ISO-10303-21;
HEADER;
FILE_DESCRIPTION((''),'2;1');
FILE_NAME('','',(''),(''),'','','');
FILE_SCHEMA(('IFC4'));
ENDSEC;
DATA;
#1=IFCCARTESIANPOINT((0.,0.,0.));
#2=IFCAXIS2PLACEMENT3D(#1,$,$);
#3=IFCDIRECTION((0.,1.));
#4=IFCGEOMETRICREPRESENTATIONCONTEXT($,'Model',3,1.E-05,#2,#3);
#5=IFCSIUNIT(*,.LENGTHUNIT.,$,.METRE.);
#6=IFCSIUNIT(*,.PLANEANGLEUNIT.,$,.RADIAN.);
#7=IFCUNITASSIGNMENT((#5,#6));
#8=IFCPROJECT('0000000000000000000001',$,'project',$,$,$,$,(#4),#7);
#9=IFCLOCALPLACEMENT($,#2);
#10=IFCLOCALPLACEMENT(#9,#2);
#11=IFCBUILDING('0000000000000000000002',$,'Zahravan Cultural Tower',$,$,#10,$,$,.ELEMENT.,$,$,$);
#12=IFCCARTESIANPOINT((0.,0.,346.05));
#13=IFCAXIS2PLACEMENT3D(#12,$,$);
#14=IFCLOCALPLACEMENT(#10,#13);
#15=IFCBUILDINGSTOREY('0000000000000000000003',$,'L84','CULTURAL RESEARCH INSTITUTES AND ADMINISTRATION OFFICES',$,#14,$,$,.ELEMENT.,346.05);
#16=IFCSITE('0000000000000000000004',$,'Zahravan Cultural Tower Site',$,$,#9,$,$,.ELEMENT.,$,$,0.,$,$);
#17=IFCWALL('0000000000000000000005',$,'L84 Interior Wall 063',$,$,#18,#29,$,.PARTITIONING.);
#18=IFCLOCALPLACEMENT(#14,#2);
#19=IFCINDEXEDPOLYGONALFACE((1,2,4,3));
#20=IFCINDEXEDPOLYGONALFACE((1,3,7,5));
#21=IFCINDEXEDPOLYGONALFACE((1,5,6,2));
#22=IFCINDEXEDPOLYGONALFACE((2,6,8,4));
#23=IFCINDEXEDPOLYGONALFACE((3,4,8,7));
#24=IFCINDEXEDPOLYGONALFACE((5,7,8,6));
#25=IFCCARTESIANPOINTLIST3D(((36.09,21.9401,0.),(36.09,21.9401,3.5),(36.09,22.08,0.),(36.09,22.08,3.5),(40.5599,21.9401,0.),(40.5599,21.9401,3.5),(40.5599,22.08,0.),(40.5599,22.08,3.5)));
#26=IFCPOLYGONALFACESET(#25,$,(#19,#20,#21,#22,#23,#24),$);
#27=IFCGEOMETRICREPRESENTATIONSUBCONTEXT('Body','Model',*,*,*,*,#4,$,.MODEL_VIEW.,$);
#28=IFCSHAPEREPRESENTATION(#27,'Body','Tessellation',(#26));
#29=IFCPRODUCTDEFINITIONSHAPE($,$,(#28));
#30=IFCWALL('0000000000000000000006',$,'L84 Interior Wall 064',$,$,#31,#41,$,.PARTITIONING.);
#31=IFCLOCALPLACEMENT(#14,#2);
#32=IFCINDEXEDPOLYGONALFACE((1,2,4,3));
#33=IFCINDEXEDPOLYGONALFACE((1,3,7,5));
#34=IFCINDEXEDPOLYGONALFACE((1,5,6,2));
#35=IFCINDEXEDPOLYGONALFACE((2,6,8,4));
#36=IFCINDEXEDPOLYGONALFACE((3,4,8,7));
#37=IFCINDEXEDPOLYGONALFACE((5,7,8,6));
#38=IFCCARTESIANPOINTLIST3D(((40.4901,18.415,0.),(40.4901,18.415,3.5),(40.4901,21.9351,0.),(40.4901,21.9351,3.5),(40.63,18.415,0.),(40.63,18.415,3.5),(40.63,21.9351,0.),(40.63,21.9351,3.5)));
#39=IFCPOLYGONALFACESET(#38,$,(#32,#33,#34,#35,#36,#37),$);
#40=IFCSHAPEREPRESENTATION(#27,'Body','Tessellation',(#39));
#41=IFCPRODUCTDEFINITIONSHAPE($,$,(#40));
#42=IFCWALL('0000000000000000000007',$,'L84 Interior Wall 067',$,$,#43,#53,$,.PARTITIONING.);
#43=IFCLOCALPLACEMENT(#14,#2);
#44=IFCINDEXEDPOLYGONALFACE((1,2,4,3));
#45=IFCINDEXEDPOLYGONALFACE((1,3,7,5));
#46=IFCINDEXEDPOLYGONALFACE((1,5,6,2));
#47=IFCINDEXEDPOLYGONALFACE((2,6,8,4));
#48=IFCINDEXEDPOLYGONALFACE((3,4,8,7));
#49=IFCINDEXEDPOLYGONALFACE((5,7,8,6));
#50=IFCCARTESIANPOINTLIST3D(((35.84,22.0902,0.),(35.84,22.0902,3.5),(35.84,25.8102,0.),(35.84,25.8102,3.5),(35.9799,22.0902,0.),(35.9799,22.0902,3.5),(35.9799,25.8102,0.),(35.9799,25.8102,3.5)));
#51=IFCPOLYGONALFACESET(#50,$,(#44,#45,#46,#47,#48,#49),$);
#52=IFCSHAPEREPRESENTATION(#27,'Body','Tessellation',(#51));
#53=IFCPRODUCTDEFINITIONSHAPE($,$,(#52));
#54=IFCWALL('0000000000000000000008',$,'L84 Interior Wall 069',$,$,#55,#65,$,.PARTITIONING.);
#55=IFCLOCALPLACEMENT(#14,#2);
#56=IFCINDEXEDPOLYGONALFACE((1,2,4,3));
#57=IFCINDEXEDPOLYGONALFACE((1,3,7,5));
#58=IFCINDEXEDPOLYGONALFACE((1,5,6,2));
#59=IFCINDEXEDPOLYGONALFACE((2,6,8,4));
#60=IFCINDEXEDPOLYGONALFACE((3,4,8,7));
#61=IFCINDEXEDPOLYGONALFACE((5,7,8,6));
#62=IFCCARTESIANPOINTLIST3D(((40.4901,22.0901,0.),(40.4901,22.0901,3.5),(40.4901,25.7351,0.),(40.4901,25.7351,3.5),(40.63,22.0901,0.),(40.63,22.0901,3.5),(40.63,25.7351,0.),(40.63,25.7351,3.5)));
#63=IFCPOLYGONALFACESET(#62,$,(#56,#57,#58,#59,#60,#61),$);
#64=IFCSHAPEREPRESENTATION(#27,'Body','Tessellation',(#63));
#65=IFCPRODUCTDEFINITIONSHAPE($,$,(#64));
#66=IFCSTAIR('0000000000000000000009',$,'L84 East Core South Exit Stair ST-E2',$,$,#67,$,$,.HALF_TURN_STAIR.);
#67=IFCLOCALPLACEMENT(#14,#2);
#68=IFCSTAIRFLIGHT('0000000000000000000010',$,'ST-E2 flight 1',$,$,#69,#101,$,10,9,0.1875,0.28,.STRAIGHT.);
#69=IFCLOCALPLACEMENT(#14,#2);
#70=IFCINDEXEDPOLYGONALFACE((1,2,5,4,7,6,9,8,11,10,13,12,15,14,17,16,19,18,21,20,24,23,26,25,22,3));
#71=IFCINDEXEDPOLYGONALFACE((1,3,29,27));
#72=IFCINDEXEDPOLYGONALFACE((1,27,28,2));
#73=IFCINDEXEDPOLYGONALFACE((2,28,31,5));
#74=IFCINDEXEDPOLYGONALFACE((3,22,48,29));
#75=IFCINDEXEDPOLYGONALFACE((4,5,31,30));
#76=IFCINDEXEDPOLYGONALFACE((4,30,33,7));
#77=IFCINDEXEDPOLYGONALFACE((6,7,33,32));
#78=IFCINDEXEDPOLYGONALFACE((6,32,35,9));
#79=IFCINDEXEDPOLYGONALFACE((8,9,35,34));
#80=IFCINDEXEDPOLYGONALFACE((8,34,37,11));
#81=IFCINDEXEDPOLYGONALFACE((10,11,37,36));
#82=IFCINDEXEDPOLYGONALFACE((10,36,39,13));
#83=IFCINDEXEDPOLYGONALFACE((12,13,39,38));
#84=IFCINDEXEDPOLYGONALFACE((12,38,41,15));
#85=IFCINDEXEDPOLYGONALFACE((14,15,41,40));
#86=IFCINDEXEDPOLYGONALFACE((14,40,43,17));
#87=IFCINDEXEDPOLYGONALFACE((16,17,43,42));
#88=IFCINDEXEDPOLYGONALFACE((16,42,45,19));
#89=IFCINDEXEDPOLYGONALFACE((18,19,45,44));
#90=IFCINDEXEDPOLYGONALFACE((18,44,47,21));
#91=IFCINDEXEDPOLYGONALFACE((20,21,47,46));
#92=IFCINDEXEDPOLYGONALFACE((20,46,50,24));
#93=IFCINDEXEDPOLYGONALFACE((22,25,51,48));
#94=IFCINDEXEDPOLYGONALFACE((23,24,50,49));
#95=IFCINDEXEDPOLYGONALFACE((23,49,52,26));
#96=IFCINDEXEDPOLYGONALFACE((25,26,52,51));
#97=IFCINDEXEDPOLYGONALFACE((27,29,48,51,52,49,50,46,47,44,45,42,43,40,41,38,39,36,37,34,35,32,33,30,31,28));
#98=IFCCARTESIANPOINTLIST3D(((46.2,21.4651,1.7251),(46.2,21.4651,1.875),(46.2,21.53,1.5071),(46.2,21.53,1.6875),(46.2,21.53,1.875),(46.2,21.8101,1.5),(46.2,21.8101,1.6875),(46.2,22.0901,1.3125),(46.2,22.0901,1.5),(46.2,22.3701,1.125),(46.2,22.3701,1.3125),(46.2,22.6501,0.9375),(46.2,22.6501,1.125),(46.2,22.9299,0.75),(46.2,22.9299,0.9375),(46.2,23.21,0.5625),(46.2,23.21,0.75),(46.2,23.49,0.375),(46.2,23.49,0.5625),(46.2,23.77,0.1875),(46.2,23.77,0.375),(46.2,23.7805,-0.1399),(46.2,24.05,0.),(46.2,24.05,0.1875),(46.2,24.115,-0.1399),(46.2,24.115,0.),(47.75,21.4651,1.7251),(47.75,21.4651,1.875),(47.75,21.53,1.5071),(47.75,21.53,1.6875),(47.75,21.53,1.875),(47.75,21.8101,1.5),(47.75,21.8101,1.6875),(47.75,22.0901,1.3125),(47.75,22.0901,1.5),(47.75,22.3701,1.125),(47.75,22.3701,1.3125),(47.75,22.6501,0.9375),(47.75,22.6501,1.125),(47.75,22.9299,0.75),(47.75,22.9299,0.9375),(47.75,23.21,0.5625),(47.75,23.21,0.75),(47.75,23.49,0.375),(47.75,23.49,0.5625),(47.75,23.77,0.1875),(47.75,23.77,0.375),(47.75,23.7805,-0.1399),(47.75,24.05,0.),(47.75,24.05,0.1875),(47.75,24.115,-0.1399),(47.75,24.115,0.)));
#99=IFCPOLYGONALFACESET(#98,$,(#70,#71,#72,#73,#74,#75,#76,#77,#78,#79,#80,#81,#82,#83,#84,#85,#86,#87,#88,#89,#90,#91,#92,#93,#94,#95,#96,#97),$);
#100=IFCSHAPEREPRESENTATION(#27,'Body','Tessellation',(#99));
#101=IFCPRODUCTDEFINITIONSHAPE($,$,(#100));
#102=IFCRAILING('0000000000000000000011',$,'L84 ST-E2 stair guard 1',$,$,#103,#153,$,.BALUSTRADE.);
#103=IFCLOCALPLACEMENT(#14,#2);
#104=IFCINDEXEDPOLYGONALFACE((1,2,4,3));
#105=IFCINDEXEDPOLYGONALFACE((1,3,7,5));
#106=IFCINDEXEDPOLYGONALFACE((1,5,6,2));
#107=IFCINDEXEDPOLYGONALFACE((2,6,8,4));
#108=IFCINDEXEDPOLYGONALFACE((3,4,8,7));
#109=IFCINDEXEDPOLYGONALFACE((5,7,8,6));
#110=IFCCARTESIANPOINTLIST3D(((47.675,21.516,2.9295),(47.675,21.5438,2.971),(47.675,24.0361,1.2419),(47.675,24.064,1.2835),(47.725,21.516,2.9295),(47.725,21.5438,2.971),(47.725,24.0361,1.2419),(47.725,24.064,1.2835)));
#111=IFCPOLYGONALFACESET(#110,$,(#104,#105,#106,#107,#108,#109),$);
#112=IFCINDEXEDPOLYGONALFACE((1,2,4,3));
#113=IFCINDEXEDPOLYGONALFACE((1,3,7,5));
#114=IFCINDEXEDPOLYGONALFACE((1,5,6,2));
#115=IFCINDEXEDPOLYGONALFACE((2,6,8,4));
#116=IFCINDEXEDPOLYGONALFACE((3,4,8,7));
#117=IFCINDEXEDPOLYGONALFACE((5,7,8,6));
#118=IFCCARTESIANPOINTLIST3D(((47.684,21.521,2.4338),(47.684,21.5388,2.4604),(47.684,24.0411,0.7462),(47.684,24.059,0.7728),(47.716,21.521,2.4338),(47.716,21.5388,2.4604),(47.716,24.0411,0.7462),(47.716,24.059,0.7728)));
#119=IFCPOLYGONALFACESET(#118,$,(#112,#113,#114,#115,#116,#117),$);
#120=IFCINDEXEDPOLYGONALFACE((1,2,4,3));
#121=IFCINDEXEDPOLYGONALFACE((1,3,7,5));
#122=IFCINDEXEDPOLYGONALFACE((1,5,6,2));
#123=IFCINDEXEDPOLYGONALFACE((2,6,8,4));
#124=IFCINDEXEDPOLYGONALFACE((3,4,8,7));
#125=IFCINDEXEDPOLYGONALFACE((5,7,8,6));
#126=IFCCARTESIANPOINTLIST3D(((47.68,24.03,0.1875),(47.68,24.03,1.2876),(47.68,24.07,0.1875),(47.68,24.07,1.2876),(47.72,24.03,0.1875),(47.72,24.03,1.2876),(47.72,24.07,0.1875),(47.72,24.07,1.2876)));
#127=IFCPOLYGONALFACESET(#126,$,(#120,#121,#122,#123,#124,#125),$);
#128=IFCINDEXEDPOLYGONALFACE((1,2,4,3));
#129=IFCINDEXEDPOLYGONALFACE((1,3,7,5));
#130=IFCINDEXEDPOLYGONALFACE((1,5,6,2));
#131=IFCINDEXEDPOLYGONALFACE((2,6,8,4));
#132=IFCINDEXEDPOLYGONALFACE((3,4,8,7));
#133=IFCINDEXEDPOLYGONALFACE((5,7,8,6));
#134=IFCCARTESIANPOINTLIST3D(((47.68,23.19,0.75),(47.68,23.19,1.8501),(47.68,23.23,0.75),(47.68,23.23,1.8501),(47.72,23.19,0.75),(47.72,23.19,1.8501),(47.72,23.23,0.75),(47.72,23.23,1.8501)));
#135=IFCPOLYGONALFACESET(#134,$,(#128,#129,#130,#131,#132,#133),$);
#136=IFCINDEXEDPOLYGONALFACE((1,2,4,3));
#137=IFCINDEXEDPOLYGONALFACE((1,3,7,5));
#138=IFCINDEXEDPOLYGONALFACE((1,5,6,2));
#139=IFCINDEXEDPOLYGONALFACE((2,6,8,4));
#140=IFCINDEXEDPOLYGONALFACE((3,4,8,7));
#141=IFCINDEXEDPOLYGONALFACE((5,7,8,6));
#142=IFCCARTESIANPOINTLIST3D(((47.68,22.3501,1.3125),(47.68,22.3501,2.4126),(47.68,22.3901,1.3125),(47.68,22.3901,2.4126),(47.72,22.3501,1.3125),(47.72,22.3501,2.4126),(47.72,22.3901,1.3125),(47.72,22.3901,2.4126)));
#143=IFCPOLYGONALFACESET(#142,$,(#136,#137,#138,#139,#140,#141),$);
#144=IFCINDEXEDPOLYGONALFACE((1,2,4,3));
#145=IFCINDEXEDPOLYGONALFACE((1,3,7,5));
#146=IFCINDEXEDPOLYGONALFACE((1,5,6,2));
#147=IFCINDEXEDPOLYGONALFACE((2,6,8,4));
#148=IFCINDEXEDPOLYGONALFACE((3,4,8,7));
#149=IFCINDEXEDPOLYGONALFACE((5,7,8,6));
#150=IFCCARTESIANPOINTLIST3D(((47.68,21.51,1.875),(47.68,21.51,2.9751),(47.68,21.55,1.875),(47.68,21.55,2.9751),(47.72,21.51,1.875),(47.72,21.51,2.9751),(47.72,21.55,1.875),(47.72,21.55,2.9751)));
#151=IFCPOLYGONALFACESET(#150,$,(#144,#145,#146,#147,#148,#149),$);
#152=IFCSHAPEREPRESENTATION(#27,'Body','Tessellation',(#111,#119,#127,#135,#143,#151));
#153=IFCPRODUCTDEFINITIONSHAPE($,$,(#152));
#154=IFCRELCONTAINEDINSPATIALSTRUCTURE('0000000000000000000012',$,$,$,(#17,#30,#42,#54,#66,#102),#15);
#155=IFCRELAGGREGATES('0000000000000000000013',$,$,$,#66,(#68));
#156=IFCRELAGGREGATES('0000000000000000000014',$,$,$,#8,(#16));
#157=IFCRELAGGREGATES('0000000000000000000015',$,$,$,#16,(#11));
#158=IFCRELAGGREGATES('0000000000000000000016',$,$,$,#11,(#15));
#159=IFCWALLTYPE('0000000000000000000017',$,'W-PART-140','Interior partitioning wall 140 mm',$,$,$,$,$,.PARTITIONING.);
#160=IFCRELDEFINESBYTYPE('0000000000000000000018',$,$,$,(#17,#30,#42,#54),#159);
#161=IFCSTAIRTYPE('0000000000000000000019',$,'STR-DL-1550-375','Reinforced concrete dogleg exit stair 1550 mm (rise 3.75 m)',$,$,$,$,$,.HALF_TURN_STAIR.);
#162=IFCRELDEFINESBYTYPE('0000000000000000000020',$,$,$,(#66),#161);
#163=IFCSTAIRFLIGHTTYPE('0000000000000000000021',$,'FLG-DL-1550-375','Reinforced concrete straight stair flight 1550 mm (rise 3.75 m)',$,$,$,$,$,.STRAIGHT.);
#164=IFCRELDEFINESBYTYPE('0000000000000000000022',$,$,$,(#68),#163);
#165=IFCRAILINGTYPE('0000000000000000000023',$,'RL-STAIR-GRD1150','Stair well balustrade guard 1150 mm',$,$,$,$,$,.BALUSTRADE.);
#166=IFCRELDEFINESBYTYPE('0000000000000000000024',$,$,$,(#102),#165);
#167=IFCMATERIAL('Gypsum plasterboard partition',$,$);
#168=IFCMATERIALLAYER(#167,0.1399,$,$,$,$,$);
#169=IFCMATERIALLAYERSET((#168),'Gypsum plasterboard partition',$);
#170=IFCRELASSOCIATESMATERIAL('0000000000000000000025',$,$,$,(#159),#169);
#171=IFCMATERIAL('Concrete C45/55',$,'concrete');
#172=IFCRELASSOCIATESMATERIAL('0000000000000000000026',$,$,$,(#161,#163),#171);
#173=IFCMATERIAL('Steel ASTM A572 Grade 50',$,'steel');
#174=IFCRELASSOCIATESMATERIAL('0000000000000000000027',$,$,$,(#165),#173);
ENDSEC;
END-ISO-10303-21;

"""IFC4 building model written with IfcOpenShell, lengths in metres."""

from ifc_helpers import new_model, si_unit, direction, frame, frame_2d, origin, origin_2d, place, context, subcontext, project, spatial, polyline, rectangle, outline, extrude, source, transform, mapped, material, layer, layer_set, type_object, element, aggregate, save


model = new_model("IFC4")

# Units and contexts
model_context = context("Model", 3, precision=1e-05, world=origin(), true_north=direction((0.0, 1.0)))
body_context = subcontext(model_context, "Body", "Model", "MODEL_VIEW")
ifc_project = project(units=[si_unit("LENGTHUNIT", "METRE"), si_unit("PLANEANGLEUNIT", "RADIAN")], contexts=[model_context])

# Site, building, storey
site_placement = place(None, origin())
site = spatial("IfcSite", under=ifc_project, at=site_placement, Name="Zahravan Cultural Tower Site", CompositionType="ELEMENT", RefElevation=0.0)
building_placement = place(site_placement, origin())
building = spatial("IfcBuilding", under=site, at=building_placement, Name="Zahravan Cultural Tower", CompositionType="ELEMENT")
storey_placement = place(building_placement, frame((0.0, 0.0, 346.05)))
storey = spatial("IfcBuildingStorey", under=building, at=storey_placement, Name="L84", Description="CULTURAL RESEARCH INSTITUTES AND ADMINISTRATION OFFICES", CompositionType="ELEMENT", Elevation=346.05)

# Shared definitions
ifc_material_1 = material(Name="Steel ASTM A572 Grade 50", Category="steel")
ifc_material_2 = material(Name="Gypsum plasterboard partition")
ifc_layer_1 = layer(ifc_material_2, 0.1399)
ifc_layer_set_1 = layer_set([ifc_layer_1], Name="Gypsum plasterboard partition")
wall_type_1 = type_object("IfcWallType", Name="W-PART-140", Description="Interior partitioning wall 140 mm", PredefinedType="PARTITIONING", material=ifc_layer_set_1)

# Walls
ifc_material_3 = material(Name="Concrete C45/55", Category="concrete")
shared_shape_1 = source(origin(), body_context, "Body", "SweptSolid", [
    extrude(rectangle(XDim=4.47, YDim=0.1399, at=frame_2d((2.2349, 0.0))), origin(), (0.0, 0.0, 1.0), 3.5),
])
wall_1_placement = place(storey_placement, frame((36.0901, 22.01, 0.0), z_axis=(0.0, 0.0, 1.0), x_axis=(1.0, 0.0, 0.0)))
element("IfcWall", 1, at=wall_1_placement, inside=storey, type_object=wall_type_1, Name="L84 Interior Wall 063", PredefinedType="PARTITIONING", context=body_context, shape_type="MappedRepresentation", body=[
    mapped(shared_shape_1, transform((0.0, 0.0, 0.0), x_axis=(1.0, 0.0, 0.0), y_axis=(0.0, 1.0, 0.0), z_axis=(0.0, 0.0, 1.0), scale=1.0)),
])
shared_shape_2 = source(origin(), body_context, "Body", "SweptSolid", [
    extrude(rectangle(XDim=3.52, YDim=0.1399, at=frame_2d((1.76, 0.0))), origin(), (0.0, 0.0, 1.0), 3.5),
])
wall_2_placement = place(storey_placement, frame((40.5601, 21.9351, 0.0), z_axis=(0.0, 0.0, 1.0), x_axis=(0.0, -1.0, 0.0)))
element("IfcWall", 2, at=wall_2_placement, inside=storey, type_object=wall_type_1, Name="L84 Interior Wall 064", PredefinedType="PARTITIONING", context=body_context, shape_type="MappedRepresentation", body=[
    mapped(shared_shape_2, transform((0.0, 0.0, 0.0), x_axis=(1.0, 0.0, 0.0), y_axis=(0.0, 1.0, 0.0), z_axis=(0.0, 0.0, 1.0), scale=1.0)),
])
shared_shape_3 = source(origin(), body_context, "Body", "SweptSolid", [
    extrude(rectangle(XDim=3.72, YDim=0.1399, at=frame_2d((1.8599, 0.0))), origin(), (0.0, 0.0, 1.0), 3.5),
])
wall_3_placement = place(storey_placement, frame((35.9099, 25.8101, 0.0), z_axis=(0.0, 0.0, 1.0), x_axis=(0.0, -1.0, 0.0)))
element("IfcWall", 3, at=wall_3_placement, inside=storey, type_object=wall_type_1, Name="L84 Interior Wall 067", PredefinedType="PARTITIONING", context=body_context, shape_type="MappedRepresentation", body=[
    mapped(shared_shape_3, transform((0.0, 0.0, 0.0), x_axis=(1.0, 0.0, 0.0), y_axis=(0.0, 1.0, 0.0), z_axis=(0.0, 0.0, 1.0), scale=1.0)),
])
shared_shape_4 = source(origin(), body_context, "Body", "SweptSolid", [
    extrude(rectangle(XDim=3.645, YDim=0.1399, at=frame_2d((1.8225, 0.0))), origin(), (0.0, 0.0, 1.0), 3.5),
])
wall_4_placement = place(storey_placement, frame((40.5601, 25.7351, 0.0), z_axis=(0.0, 0.0, 1.0), x_axis=(0.0, -1.0, 0.0)))
element("IfcWall", 4, at=wall_4_placement, inside=storey, type_object=wall_type_1, Name="L84 Interior Wall 069", PredefinedType="PARTITIONING", context=body_context, shape_type="MappedRepresentation", body=[
    mapped(shared_shape_4, transform((0.0, 0.0, 0.0), x_axis=(1.0, 0.0, 0.0), y_axis=(0.0, 1.0, 0.0), z_axis=(0.0, 0.0, 1.0), scale=1.0)),
])

# Stair, stair flight
stair_type = type_object("IfcStairType", Name="STR-DL-1550-375", Description="Reinforced concrete dogleg exit stair 1550 mm (rise 3.75 m)", PredefinedType="HALF_TURN_STAIR", material=ifc_material_3)
stair_placement = place(storey_placement, origin())
stair = element("IfcStair", 5, at=stair_placement, inside=storey, type_object=stair_type, Name="L84 East Core South Exit Stair ST-E2", PredefinedType="HALF_TURN_STAIR")
stair_flight_type = type_object("IfcStairFlightType", Name="FLG-DL-1550-375", Description="Reinforced concrete straight stair flight 1550 mm (rise 3.75 m)", PredefinedType="STRAIGHT", material=ifc_material_3)
stair_flight_placement = place(storey_placement, frame((46.9751, 24.05, 0.0), z_axis=(0.0, 0.0, 1.0), x_axis=(0.0, -1.0, 0.0)))
stair_flight = element("IfcStairFlight", 6, at=stair_flight_placement, type_object=stair_flight_type, Name="ST-E2 flight 1", NumberOfRisers=10, NumberOfTreads=9, PredefinedType="STRAIGHT", RiserHeight=0.1875, TreadLength=0.28, context=body_context, shape_type="SweptSolid", body=[
    extrude(outline(polyline([(-0.0649, -0.1399), (-0.0649, 0.0), (0.0, 0.0), (0.0, 0.1875), (0.28, 0.1875), (0.28, 0.375), (0.5601, 0.375), (0.5601, 0.5625), (0.8401, 0.5625), (0.8401, 0.75), (1.1201, 0.75), (1.1201, 0.9375), (1.3999, 0.9375), (1.3999, 1.125), (1.6799, 1.125), (1.6799, 1.3125), (1.96, 1.3125), (1.96, 1.5), (2.24, 1.5), (2.24, 1.6875), (2.52, 1.6875), (2.52, 1.875), (2.585, 1.875), (2.585, 1.7251), (2.52, 1.5071), (0.2695, -0.1399), (-0.0649, -0.1399)])), frame((0.0, 0.7749, 0.0), z_axis=(0.0, -1.0, 0.0), x_axis=(1.0, 0.0, 0.0)), (0.0, 0.0, 1.0), 1.55),
])
aggregate(stair, [stair_flight])

# Railing
railing_type_1 = type_object("IfcRailingType", Name="RL-STAIR-GRD1150", Description="Stair well balustrade guard 1150 mm", PredefinedType="BALUSTRADE", material=ifc_material_1)
railing_1_placement = place(storey_placement, frame((47.7, 24.05, 0.1875)))
element("IfcRailing", 7, at=railing_1_placement, inside=storey, type_object=railing_type_1, Name="L84 ST-E2 stair guard 1", PredefinedType="BALUSTRADE", context=body_context, shape_type="SweptSolid", body=[
    extrude(rectangle(XDim=0.05, YDim=0.05, at=origin_2d()), frame((0.0, 0.0, 1.0752), z_axis=(0.0, -0.830909, 0.556408), x_axis=(1.0, 0.0, 0.0)), (0.0, 0.0, 1.0), 3.033),
    extrude(rectangle(XDim=0.032, YDim=0.032, at=origin_2d()), frame((0.0, 0.0, 0.572), z_axis=(0.0, -0.830909, 0.556408), x_axis=(1.0, 0.0, 0.0)), (0.0, 0.0, 1.0), 3.033),
    extrude(rectangle(XDim=0.04, YDim=0.04, at=origin_2d()), origin(), (0.0, 0.0, 1.0), 1.1001),
    extrude(rectangle(XDim=0.04, YDim=0.04, at=origin_2d()), frame((0.0, -0.8401, 0.5625)), (0.0, 0.0, 1.0), 1.1001),
    extrude(rectangle(XDim=0.04, YDim=0.04, at=origin_2d()), frame((0.0, -1.6799, 1.125)), (0.0, 0.0, 1.0), 1.1001),
    extrude(rectangle(XDim=0.04, YDim=0.04, at=origin_2d()), frame((0.0, -2.52, 1.6875)), (0.0, 0.0, 1.0), 1.1001),
])

save(model, "model.ifc")
